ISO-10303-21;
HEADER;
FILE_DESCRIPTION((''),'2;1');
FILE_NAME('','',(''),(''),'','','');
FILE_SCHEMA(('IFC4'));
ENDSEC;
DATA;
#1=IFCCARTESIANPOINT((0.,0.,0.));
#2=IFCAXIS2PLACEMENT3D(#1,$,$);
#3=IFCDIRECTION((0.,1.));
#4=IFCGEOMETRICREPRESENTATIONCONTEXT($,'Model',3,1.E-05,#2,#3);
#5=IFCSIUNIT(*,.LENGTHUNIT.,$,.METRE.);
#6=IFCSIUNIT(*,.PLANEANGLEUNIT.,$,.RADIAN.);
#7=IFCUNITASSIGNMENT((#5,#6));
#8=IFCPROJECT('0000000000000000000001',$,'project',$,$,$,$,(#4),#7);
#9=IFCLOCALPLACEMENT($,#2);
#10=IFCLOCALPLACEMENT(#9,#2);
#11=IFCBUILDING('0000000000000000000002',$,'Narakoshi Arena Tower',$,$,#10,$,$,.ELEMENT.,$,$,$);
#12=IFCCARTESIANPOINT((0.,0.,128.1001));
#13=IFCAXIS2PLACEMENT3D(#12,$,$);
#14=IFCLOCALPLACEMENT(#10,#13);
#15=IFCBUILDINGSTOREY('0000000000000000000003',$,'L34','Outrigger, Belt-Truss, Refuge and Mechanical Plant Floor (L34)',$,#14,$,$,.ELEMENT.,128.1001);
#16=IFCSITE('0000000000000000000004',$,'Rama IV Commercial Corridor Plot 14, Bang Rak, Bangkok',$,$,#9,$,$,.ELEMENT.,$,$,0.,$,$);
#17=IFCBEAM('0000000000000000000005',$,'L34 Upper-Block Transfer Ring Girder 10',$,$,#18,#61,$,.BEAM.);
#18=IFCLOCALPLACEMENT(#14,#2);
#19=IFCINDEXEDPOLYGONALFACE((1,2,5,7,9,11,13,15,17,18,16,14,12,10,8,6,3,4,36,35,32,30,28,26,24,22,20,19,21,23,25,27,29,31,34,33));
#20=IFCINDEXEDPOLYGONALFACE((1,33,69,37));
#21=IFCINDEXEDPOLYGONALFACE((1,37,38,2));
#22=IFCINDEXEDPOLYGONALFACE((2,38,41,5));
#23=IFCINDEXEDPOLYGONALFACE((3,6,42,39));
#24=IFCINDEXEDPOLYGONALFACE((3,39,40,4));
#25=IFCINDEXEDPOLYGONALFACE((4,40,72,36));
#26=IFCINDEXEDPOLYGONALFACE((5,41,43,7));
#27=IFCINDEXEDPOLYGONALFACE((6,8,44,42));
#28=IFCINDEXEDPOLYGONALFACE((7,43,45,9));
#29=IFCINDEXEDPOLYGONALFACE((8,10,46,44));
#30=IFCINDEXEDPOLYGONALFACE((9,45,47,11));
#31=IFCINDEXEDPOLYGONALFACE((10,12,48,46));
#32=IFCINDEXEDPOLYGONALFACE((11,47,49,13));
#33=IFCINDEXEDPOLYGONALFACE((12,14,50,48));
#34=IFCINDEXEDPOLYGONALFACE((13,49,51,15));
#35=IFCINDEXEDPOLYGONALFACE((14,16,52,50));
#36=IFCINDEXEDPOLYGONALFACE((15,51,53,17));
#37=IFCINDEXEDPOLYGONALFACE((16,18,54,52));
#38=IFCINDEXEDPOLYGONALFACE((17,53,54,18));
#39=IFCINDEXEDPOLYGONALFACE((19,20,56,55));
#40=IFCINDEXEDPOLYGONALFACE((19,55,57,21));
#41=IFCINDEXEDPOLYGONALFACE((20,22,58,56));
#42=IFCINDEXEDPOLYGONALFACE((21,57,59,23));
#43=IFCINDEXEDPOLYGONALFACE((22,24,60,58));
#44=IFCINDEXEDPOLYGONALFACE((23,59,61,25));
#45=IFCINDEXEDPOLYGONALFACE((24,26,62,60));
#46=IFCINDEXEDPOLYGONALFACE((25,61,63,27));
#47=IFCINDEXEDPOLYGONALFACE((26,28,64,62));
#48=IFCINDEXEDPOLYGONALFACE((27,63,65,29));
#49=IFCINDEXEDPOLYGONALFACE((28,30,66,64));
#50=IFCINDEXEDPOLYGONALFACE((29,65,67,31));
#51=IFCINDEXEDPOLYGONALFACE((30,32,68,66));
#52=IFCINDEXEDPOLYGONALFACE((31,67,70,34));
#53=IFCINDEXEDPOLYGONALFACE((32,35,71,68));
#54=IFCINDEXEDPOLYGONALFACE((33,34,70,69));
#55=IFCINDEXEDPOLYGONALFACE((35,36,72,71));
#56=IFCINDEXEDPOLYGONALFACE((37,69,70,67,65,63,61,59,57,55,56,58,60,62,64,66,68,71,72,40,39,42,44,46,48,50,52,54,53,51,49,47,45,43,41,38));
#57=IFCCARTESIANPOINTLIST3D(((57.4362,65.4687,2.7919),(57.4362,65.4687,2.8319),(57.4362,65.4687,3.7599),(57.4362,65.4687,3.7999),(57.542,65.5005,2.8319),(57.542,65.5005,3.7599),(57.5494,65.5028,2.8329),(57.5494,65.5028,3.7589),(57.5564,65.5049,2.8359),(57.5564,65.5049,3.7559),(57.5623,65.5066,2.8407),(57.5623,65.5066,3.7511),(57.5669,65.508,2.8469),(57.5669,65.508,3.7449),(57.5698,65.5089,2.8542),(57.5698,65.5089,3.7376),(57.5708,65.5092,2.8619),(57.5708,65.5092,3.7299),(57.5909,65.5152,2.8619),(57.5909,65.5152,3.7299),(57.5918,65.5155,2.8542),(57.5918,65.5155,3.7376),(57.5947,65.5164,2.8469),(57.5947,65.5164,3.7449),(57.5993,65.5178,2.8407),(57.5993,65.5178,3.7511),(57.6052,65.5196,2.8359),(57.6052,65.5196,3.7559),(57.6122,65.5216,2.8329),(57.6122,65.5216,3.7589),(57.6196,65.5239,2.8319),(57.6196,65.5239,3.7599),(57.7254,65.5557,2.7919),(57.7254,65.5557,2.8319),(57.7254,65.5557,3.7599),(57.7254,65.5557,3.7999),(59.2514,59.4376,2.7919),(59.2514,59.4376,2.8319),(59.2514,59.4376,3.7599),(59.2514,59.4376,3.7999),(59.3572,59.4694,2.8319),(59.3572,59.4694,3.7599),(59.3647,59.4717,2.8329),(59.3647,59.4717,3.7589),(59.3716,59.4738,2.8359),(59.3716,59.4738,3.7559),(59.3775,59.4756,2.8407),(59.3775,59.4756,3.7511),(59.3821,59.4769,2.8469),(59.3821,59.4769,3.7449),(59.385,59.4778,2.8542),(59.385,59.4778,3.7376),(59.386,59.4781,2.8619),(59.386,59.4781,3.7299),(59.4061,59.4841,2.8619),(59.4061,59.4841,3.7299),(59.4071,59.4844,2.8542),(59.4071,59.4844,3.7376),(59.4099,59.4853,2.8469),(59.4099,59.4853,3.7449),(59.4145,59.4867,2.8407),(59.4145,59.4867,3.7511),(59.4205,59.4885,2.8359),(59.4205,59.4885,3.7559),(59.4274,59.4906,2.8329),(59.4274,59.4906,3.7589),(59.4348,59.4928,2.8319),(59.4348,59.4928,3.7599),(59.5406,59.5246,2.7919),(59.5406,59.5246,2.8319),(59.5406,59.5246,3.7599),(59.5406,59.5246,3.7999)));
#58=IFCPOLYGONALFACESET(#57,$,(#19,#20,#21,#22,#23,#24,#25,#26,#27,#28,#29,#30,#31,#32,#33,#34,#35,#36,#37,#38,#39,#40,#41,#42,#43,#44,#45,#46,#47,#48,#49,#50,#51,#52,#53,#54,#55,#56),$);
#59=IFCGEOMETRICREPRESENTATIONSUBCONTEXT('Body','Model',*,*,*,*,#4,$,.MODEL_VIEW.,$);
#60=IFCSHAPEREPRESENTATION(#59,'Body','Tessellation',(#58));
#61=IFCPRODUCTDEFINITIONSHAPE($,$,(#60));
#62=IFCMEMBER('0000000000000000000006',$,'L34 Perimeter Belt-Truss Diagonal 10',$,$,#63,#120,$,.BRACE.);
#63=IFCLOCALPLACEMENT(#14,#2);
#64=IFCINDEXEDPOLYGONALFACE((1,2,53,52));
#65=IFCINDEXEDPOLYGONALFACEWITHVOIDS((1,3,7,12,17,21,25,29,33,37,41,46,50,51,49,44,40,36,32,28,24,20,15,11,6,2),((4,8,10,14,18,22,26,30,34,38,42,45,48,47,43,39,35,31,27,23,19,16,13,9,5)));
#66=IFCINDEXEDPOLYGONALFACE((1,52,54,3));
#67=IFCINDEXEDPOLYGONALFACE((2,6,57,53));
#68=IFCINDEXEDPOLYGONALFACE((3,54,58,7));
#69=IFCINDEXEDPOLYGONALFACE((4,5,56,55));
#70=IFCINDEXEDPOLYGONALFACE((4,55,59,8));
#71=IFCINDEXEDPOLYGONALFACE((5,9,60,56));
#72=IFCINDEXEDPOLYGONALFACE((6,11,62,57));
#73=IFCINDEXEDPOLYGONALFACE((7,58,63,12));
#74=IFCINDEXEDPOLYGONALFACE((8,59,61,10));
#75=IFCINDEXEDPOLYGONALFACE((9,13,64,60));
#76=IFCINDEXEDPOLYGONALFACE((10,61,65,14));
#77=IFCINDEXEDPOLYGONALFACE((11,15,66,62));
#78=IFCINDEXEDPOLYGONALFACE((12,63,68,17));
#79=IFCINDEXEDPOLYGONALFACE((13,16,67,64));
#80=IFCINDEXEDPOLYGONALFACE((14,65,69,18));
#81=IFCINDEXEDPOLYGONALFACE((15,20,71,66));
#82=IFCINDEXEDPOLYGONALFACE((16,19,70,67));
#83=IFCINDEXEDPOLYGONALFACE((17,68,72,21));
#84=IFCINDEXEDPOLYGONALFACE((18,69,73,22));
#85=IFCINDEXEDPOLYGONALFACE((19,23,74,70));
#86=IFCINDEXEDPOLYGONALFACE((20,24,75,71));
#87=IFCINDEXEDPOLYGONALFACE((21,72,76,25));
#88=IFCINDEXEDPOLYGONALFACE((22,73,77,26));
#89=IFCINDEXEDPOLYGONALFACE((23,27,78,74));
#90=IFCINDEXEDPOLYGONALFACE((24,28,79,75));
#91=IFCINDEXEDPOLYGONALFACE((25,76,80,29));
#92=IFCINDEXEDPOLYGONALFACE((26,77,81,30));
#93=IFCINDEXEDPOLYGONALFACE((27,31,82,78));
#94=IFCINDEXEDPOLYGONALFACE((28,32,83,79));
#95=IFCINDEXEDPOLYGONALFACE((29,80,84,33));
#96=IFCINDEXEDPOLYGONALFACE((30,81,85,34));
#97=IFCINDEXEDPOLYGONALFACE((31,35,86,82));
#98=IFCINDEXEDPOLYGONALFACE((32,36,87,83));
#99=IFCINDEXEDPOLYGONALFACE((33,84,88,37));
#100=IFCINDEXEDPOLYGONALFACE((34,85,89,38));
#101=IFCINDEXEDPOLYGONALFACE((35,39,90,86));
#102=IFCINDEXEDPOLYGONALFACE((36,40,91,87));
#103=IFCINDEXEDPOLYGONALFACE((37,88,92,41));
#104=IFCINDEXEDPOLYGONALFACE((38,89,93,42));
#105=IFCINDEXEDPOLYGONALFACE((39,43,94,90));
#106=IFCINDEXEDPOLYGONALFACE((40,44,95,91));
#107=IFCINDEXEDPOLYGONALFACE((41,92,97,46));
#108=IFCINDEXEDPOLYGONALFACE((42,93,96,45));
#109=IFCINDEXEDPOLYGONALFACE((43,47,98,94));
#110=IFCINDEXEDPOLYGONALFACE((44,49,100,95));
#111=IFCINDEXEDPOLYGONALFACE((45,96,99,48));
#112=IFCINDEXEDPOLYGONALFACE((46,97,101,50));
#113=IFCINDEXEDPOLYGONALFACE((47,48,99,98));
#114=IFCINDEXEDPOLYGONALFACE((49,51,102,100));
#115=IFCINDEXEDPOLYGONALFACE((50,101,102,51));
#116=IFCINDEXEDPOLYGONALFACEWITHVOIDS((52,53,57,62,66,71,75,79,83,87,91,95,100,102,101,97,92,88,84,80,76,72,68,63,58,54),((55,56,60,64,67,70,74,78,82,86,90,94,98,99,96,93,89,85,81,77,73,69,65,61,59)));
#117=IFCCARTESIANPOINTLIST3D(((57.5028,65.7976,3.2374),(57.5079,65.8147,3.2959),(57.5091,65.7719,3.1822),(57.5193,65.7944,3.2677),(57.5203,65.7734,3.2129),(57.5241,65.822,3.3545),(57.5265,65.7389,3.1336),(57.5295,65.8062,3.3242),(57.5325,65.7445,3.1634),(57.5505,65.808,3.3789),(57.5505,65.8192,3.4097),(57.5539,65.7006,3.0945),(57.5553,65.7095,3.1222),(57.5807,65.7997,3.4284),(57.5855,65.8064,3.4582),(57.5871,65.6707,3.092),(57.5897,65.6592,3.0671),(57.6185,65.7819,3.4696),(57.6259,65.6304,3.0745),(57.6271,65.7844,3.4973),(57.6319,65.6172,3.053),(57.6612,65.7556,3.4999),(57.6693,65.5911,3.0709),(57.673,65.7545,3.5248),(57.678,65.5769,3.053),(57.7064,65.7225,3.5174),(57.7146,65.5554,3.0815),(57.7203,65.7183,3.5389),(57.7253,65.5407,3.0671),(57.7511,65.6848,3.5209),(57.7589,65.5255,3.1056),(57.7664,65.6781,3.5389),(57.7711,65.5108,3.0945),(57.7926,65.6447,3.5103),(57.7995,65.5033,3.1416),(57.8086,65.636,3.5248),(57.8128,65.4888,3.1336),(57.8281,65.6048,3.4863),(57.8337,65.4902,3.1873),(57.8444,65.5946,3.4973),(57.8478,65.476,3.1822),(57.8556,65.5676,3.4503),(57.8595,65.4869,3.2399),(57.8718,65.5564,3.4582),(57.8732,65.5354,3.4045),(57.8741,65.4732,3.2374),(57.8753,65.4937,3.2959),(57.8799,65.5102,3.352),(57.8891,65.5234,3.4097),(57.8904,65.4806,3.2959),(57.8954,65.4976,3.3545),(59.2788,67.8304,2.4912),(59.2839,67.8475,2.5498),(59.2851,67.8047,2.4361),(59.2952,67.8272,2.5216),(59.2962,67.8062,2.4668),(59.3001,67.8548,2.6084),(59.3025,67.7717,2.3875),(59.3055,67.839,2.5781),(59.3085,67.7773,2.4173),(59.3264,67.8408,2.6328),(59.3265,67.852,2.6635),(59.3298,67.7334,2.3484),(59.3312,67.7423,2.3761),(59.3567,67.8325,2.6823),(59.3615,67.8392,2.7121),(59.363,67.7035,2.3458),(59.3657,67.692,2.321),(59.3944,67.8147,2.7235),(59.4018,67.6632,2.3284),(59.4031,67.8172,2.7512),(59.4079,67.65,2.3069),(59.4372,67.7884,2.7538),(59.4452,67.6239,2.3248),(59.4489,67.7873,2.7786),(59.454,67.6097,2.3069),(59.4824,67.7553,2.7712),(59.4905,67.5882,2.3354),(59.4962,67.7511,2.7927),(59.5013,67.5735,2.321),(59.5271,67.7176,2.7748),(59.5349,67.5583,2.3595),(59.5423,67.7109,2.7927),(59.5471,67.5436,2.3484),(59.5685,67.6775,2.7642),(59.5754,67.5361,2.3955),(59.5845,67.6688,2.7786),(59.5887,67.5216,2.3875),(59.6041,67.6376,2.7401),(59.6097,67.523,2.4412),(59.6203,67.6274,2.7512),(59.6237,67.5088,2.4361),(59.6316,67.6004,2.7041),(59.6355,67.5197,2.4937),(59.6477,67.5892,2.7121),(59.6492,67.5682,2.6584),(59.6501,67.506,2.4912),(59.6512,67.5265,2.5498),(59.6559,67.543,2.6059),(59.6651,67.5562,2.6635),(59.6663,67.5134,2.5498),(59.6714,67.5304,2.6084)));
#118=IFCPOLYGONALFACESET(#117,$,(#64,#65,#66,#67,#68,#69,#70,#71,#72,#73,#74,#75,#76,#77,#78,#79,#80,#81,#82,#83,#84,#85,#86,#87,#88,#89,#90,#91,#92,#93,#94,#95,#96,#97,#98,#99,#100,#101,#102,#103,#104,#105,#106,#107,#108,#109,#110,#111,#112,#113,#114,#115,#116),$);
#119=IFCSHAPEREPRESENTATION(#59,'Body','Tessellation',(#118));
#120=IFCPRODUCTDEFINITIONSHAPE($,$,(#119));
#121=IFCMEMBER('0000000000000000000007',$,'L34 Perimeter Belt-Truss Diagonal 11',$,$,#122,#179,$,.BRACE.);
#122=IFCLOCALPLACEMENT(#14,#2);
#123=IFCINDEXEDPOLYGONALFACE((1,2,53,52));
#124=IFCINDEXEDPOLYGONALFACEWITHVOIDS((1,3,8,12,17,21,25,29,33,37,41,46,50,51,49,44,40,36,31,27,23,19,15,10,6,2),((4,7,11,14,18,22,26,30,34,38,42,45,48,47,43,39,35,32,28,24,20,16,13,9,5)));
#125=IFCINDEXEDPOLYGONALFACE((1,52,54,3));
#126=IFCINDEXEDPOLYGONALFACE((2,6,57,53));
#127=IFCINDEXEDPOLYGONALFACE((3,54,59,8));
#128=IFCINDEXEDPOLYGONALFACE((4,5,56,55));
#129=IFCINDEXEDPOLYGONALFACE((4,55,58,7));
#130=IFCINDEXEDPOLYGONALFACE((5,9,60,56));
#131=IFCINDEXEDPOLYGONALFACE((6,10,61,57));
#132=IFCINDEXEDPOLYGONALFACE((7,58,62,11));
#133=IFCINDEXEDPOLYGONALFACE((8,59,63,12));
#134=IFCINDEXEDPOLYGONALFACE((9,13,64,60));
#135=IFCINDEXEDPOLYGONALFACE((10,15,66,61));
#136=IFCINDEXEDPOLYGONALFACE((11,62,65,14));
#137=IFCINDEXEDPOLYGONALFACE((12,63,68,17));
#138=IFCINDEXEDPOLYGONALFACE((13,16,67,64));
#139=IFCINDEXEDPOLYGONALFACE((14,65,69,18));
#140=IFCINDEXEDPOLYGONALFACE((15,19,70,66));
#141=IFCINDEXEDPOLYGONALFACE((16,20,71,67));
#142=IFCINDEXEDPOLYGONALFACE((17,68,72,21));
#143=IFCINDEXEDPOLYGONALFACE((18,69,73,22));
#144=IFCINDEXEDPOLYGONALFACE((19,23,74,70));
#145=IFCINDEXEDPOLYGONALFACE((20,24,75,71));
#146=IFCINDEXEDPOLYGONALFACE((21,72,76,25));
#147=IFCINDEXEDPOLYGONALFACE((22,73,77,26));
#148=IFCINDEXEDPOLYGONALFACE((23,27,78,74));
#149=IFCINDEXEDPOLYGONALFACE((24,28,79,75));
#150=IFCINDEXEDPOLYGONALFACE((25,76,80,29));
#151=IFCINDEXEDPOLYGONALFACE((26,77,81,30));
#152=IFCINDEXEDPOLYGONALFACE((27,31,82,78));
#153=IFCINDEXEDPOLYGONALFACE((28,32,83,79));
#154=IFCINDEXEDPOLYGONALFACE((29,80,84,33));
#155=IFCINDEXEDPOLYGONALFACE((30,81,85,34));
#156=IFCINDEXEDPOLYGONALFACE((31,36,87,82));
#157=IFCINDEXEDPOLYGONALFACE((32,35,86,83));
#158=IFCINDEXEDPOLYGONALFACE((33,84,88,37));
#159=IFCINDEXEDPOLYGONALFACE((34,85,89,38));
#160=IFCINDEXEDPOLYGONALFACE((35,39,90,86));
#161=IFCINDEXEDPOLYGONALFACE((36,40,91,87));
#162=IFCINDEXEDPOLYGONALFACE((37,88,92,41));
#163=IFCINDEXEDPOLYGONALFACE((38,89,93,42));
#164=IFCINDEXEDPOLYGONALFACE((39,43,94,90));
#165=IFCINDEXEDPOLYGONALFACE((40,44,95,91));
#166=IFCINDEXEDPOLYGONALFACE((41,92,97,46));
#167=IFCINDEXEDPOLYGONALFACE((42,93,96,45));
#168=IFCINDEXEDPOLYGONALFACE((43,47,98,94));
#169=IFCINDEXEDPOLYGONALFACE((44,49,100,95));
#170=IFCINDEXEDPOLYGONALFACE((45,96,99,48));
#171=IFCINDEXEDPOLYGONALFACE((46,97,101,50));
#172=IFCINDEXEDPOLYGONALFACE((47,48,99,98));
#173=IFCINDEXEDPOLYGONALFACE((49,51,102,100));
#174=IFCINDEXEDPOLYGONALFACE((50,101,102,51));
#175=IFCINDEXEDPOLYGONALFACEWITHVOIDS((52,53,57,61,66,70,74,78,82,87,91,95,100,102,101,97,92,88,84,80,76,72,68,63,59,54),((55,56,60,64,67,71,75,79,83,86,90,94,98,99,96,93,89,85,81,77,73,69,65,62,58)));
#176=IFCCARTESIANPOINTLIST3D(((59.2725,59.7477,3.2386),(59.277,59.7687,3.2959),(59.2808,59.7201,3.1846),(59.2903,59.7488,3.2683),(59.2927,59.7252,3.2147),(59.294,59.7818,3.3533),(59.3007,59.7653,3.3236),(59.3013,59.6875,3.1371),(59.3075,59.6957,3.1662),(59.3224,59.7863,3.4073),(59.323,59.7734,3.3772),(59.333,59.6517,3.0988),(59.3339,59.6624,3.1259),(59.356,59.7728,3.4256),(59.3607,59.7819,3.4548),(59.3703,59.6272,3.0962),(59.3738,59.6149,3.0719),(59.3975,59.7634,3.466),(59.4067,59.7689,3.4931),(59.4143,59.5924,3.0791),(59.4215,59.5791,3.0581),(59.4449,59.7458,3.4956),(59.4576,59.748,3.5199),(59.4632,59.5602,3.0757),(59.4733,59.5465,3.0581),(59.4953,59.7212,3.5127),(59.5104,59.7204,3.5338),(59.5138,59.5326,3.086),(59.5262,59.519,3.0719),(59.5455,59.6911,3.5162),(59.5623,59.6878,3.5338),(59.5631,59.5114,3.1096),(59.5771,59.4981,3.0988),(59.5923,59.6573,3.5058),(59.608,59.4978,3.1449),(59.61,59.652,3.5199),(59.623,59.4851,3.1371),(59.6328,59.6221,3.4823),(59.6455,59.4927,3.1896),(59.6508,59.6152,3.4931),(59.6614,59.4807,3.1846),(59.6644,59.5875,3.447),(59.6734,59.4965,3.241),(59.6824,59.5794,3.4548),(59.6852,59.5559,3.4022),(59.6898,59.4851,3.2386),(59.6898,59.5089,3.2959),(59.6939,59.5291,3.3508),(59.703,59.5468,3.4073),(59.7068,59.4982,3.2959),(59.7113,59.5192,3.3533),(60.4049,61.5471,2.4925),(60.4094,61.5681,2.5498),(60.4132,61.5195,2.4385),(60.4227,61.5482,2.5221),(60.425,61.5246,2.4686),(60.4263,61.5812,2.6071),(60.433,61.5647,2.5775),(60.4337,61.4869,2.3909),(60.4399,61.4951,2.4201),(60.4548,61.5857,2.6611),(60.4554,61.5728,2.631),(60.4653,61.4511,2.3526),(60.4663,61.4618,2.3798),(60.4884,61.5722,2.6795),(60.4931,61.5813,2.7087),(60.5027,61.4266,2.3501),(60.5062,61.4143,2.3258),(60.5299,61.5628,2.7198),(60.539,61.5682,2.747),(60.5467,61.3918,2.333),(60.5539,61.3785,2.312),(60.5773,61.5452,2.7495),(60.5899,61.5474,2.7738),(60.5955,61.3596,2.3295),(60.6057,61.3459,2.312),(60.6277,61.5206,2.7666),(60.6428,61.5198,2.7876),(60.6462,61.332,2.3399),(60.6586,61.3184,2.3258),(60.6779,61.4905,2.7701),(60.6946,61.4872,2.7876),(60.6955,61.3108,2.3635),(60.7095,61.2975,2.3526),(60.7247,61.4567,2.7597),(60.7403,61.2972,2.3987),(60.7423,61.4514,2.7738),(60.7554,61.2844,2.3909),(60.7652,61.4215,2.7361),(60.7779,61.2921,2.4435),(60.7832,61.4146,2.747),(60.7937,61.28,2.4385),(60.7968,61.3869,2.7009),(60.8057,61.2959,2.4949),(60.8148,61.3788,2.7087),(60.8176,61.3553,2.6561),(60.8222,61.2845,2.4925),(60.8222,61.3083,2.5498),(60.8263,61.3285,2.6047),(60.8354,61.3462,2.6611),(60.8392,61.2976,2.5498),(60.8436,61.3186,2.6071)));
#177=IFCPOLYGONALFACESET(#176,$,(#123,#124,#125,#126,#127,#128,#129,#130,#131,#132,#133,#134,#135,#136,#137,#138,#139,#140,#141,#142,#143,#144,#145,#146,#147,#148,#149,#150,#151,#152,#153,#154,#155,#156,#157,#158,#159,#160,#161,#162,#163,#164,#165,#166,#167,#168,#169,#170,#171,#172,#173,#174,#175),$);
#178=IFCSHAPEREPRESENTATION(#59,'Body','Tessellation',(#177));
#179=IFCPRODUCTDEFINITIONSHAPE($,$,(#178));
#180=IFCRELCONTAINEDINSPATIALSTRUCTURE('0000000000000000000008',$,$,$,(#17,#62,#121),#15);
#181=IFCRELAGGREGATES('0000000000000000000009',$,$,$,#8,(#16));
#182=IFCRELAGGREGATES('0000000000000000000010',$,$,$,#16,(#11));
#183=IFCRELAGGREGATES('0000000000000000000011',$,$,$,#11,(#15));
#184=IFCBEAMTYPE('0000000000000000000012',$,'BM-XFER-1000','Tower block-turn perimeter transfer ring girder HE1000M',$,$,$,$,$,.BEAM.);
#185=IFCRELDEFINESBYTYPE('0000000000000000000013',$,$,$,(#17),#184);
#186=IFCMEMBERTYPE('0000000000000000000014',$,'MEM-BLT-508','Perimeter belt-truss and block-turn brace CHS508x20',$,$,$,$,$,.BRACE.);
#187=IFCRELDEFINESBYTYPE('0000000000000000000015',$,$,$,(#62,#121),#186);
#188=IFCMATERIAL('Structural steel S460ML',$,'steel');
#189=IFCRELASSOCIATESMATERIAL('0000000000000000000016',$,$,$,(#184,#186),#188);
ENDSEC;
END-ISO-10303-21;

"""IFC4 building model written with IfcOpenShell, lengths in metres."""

from ifc_helpers import new_model, si_unit, direction, frame, origin, origin_2d, place, context, subcontext, project, spatial, hollow_circle, i_section, extrude, material, material_profile, profile_set, type_object, element, save


model = new_model("IFC4")

# Units and contexts
model_context = context("Model", 3, precision=1e-05, world=origin(), true_north=direction((0.0, 1.0)))
body_context = subcontext(model_context, "Body", "Model", "MODEL_VIEW")
ifc_project = project(units=[si_unit("LENGTHUNIT", "METRE"), si_unit("PLANEANGLEUNIT", "RADIAN")], contexts=[model_context])

# Site, building, storey
site_placement = place(None, origin())
site = spatial("IfcSite", under=ifc_project, at=site_placement, Name="Rama IV Commercial Corridor Plot 14, Bang Rak, Bangkok", CompositionType="ELEMENT", RefElevation=0.0)
building_placement = place(site_placement, origin())
building = spatial("IfcBuilding", under=site, at=building_placement, Name="Narakoshi Arena Tower", CompositionType="ELEMENT")
storey_placement = place(building_placement, frame((0.0, 0.0, 128.1001)))
storey = spatial("IfcBuildingStorey", under=building, at=storey_placement, Name="L34", Description="Outrigger, Belt-Truss, Refuge and Mechanical Plant Floor (L34)", CompositionType="ELEMENT", Elevation=128.1001)

# Shared definitions
ifc_material_1 = material(Name="Structural steel S460ML", Category="steel")

# Beam
ifc_material_profile_1 = material_profile(ifc_material_1, i_section(OverallWidth=0.302, OverallDepth=1.0081, WebThickness=0.021, FlangeThickness=0.04, FilletRadius=0.03, at=origin_2d()), Name="HE1000M")
ifc_profile_set_1 = profile_set([ifc_material_profile_1], Name="Structural steel S460ML")
beam_type_1 = type_object("IfcBeamType", Name="BM-XFER-1000", Description="Tower block-turn perimeter transfer ring girder HE1000M", PredefinedType="BEAM", material=ifc_profile_set_1)
beam_1_placement = place(storey_placement, frame((57.5808, 65.5122, 3.2959), z_axis=(0.288205, -0.957569, 0.0), x_axis=(0.957569, 0.288205, 0.0)))
element("IfcBeam", 1, at=beam_1_placement, inside=storey, type_object=beam_type_1, Name="L34 Upper-Block Transfer Ring Girder 10", PredefinedType="BEAM", context=body_context, shape_type="SweptSolid", body=[
    extrude(i_section(OverallWidth=0.302, OverallDepth=1.0081, WebThickness=0.021, FlangeThickness=0.04, FilletRadius=0.03, at=origin_2d()), origin(), (0.0, 0.0, 1.0), 6.2983),
])

# Members
ifc_material_profile_2 = material_profile(ifc_material_1, hollow_circle(Radius=0.2539, WallThickness=0.02, at=origin_2d()), Name="CHS508x20")
ifc_profile_set_2 = profile_set([ifc_material_profile_2], Name="Structural steel S460ML")
member_type_1 = type_object("IfcMemberType", Name="MEM-BLT-508", Description="Perimeter belt-truss and block-turn brace CHS508x20", PredefinedType="BRACE", material=ifc_profile_set_2)
member_1_placement = place(storey_placement, frame((59.4751, 67.6804, 2.5498), z_axis=(-0.634148, -0.725862, 0.266422), x_axis=(0.753081, -0.657928, 0.0)))
element("IfcMember", 2, at=member_1_placement, inside=storey, type_object=member_type_1, Name="L34 Perimeter Belt-Truss Diagonal 10", PredefinedType="BRACE", context=body_context, shape_type="SweptSolid", body=[
    extrude(hollow_circle(Radius=0.2539, WallThickness=0.02, at=origin_2d()), origin(), (0.0, 0.0, 1.0), 2.8005),
])
member_2_placement = place(storey_placement, frame((60.6243, 61.4329, 2.5498), z_axis=(-0.502568, -0.798604, 0.331144), x_axis=(0.846356, -0.532618, 0.0)))
element("IfcMember", 3, at=member_2_placement, inside=storey, type_object=member_type_1, Name="L34 Perimeter Belt-Truss Diagonal 11", PredefinedType="BRACE", context=body_context, shape_type="SweptSolid", body=[
    extrude(hollow_circle(Radius=0.2539, WallThickness=0.02, at=origin_2d()), origin(), (0.0, 0.0, 1.0), 2.2532),
])

save(model, "model.ifc")
